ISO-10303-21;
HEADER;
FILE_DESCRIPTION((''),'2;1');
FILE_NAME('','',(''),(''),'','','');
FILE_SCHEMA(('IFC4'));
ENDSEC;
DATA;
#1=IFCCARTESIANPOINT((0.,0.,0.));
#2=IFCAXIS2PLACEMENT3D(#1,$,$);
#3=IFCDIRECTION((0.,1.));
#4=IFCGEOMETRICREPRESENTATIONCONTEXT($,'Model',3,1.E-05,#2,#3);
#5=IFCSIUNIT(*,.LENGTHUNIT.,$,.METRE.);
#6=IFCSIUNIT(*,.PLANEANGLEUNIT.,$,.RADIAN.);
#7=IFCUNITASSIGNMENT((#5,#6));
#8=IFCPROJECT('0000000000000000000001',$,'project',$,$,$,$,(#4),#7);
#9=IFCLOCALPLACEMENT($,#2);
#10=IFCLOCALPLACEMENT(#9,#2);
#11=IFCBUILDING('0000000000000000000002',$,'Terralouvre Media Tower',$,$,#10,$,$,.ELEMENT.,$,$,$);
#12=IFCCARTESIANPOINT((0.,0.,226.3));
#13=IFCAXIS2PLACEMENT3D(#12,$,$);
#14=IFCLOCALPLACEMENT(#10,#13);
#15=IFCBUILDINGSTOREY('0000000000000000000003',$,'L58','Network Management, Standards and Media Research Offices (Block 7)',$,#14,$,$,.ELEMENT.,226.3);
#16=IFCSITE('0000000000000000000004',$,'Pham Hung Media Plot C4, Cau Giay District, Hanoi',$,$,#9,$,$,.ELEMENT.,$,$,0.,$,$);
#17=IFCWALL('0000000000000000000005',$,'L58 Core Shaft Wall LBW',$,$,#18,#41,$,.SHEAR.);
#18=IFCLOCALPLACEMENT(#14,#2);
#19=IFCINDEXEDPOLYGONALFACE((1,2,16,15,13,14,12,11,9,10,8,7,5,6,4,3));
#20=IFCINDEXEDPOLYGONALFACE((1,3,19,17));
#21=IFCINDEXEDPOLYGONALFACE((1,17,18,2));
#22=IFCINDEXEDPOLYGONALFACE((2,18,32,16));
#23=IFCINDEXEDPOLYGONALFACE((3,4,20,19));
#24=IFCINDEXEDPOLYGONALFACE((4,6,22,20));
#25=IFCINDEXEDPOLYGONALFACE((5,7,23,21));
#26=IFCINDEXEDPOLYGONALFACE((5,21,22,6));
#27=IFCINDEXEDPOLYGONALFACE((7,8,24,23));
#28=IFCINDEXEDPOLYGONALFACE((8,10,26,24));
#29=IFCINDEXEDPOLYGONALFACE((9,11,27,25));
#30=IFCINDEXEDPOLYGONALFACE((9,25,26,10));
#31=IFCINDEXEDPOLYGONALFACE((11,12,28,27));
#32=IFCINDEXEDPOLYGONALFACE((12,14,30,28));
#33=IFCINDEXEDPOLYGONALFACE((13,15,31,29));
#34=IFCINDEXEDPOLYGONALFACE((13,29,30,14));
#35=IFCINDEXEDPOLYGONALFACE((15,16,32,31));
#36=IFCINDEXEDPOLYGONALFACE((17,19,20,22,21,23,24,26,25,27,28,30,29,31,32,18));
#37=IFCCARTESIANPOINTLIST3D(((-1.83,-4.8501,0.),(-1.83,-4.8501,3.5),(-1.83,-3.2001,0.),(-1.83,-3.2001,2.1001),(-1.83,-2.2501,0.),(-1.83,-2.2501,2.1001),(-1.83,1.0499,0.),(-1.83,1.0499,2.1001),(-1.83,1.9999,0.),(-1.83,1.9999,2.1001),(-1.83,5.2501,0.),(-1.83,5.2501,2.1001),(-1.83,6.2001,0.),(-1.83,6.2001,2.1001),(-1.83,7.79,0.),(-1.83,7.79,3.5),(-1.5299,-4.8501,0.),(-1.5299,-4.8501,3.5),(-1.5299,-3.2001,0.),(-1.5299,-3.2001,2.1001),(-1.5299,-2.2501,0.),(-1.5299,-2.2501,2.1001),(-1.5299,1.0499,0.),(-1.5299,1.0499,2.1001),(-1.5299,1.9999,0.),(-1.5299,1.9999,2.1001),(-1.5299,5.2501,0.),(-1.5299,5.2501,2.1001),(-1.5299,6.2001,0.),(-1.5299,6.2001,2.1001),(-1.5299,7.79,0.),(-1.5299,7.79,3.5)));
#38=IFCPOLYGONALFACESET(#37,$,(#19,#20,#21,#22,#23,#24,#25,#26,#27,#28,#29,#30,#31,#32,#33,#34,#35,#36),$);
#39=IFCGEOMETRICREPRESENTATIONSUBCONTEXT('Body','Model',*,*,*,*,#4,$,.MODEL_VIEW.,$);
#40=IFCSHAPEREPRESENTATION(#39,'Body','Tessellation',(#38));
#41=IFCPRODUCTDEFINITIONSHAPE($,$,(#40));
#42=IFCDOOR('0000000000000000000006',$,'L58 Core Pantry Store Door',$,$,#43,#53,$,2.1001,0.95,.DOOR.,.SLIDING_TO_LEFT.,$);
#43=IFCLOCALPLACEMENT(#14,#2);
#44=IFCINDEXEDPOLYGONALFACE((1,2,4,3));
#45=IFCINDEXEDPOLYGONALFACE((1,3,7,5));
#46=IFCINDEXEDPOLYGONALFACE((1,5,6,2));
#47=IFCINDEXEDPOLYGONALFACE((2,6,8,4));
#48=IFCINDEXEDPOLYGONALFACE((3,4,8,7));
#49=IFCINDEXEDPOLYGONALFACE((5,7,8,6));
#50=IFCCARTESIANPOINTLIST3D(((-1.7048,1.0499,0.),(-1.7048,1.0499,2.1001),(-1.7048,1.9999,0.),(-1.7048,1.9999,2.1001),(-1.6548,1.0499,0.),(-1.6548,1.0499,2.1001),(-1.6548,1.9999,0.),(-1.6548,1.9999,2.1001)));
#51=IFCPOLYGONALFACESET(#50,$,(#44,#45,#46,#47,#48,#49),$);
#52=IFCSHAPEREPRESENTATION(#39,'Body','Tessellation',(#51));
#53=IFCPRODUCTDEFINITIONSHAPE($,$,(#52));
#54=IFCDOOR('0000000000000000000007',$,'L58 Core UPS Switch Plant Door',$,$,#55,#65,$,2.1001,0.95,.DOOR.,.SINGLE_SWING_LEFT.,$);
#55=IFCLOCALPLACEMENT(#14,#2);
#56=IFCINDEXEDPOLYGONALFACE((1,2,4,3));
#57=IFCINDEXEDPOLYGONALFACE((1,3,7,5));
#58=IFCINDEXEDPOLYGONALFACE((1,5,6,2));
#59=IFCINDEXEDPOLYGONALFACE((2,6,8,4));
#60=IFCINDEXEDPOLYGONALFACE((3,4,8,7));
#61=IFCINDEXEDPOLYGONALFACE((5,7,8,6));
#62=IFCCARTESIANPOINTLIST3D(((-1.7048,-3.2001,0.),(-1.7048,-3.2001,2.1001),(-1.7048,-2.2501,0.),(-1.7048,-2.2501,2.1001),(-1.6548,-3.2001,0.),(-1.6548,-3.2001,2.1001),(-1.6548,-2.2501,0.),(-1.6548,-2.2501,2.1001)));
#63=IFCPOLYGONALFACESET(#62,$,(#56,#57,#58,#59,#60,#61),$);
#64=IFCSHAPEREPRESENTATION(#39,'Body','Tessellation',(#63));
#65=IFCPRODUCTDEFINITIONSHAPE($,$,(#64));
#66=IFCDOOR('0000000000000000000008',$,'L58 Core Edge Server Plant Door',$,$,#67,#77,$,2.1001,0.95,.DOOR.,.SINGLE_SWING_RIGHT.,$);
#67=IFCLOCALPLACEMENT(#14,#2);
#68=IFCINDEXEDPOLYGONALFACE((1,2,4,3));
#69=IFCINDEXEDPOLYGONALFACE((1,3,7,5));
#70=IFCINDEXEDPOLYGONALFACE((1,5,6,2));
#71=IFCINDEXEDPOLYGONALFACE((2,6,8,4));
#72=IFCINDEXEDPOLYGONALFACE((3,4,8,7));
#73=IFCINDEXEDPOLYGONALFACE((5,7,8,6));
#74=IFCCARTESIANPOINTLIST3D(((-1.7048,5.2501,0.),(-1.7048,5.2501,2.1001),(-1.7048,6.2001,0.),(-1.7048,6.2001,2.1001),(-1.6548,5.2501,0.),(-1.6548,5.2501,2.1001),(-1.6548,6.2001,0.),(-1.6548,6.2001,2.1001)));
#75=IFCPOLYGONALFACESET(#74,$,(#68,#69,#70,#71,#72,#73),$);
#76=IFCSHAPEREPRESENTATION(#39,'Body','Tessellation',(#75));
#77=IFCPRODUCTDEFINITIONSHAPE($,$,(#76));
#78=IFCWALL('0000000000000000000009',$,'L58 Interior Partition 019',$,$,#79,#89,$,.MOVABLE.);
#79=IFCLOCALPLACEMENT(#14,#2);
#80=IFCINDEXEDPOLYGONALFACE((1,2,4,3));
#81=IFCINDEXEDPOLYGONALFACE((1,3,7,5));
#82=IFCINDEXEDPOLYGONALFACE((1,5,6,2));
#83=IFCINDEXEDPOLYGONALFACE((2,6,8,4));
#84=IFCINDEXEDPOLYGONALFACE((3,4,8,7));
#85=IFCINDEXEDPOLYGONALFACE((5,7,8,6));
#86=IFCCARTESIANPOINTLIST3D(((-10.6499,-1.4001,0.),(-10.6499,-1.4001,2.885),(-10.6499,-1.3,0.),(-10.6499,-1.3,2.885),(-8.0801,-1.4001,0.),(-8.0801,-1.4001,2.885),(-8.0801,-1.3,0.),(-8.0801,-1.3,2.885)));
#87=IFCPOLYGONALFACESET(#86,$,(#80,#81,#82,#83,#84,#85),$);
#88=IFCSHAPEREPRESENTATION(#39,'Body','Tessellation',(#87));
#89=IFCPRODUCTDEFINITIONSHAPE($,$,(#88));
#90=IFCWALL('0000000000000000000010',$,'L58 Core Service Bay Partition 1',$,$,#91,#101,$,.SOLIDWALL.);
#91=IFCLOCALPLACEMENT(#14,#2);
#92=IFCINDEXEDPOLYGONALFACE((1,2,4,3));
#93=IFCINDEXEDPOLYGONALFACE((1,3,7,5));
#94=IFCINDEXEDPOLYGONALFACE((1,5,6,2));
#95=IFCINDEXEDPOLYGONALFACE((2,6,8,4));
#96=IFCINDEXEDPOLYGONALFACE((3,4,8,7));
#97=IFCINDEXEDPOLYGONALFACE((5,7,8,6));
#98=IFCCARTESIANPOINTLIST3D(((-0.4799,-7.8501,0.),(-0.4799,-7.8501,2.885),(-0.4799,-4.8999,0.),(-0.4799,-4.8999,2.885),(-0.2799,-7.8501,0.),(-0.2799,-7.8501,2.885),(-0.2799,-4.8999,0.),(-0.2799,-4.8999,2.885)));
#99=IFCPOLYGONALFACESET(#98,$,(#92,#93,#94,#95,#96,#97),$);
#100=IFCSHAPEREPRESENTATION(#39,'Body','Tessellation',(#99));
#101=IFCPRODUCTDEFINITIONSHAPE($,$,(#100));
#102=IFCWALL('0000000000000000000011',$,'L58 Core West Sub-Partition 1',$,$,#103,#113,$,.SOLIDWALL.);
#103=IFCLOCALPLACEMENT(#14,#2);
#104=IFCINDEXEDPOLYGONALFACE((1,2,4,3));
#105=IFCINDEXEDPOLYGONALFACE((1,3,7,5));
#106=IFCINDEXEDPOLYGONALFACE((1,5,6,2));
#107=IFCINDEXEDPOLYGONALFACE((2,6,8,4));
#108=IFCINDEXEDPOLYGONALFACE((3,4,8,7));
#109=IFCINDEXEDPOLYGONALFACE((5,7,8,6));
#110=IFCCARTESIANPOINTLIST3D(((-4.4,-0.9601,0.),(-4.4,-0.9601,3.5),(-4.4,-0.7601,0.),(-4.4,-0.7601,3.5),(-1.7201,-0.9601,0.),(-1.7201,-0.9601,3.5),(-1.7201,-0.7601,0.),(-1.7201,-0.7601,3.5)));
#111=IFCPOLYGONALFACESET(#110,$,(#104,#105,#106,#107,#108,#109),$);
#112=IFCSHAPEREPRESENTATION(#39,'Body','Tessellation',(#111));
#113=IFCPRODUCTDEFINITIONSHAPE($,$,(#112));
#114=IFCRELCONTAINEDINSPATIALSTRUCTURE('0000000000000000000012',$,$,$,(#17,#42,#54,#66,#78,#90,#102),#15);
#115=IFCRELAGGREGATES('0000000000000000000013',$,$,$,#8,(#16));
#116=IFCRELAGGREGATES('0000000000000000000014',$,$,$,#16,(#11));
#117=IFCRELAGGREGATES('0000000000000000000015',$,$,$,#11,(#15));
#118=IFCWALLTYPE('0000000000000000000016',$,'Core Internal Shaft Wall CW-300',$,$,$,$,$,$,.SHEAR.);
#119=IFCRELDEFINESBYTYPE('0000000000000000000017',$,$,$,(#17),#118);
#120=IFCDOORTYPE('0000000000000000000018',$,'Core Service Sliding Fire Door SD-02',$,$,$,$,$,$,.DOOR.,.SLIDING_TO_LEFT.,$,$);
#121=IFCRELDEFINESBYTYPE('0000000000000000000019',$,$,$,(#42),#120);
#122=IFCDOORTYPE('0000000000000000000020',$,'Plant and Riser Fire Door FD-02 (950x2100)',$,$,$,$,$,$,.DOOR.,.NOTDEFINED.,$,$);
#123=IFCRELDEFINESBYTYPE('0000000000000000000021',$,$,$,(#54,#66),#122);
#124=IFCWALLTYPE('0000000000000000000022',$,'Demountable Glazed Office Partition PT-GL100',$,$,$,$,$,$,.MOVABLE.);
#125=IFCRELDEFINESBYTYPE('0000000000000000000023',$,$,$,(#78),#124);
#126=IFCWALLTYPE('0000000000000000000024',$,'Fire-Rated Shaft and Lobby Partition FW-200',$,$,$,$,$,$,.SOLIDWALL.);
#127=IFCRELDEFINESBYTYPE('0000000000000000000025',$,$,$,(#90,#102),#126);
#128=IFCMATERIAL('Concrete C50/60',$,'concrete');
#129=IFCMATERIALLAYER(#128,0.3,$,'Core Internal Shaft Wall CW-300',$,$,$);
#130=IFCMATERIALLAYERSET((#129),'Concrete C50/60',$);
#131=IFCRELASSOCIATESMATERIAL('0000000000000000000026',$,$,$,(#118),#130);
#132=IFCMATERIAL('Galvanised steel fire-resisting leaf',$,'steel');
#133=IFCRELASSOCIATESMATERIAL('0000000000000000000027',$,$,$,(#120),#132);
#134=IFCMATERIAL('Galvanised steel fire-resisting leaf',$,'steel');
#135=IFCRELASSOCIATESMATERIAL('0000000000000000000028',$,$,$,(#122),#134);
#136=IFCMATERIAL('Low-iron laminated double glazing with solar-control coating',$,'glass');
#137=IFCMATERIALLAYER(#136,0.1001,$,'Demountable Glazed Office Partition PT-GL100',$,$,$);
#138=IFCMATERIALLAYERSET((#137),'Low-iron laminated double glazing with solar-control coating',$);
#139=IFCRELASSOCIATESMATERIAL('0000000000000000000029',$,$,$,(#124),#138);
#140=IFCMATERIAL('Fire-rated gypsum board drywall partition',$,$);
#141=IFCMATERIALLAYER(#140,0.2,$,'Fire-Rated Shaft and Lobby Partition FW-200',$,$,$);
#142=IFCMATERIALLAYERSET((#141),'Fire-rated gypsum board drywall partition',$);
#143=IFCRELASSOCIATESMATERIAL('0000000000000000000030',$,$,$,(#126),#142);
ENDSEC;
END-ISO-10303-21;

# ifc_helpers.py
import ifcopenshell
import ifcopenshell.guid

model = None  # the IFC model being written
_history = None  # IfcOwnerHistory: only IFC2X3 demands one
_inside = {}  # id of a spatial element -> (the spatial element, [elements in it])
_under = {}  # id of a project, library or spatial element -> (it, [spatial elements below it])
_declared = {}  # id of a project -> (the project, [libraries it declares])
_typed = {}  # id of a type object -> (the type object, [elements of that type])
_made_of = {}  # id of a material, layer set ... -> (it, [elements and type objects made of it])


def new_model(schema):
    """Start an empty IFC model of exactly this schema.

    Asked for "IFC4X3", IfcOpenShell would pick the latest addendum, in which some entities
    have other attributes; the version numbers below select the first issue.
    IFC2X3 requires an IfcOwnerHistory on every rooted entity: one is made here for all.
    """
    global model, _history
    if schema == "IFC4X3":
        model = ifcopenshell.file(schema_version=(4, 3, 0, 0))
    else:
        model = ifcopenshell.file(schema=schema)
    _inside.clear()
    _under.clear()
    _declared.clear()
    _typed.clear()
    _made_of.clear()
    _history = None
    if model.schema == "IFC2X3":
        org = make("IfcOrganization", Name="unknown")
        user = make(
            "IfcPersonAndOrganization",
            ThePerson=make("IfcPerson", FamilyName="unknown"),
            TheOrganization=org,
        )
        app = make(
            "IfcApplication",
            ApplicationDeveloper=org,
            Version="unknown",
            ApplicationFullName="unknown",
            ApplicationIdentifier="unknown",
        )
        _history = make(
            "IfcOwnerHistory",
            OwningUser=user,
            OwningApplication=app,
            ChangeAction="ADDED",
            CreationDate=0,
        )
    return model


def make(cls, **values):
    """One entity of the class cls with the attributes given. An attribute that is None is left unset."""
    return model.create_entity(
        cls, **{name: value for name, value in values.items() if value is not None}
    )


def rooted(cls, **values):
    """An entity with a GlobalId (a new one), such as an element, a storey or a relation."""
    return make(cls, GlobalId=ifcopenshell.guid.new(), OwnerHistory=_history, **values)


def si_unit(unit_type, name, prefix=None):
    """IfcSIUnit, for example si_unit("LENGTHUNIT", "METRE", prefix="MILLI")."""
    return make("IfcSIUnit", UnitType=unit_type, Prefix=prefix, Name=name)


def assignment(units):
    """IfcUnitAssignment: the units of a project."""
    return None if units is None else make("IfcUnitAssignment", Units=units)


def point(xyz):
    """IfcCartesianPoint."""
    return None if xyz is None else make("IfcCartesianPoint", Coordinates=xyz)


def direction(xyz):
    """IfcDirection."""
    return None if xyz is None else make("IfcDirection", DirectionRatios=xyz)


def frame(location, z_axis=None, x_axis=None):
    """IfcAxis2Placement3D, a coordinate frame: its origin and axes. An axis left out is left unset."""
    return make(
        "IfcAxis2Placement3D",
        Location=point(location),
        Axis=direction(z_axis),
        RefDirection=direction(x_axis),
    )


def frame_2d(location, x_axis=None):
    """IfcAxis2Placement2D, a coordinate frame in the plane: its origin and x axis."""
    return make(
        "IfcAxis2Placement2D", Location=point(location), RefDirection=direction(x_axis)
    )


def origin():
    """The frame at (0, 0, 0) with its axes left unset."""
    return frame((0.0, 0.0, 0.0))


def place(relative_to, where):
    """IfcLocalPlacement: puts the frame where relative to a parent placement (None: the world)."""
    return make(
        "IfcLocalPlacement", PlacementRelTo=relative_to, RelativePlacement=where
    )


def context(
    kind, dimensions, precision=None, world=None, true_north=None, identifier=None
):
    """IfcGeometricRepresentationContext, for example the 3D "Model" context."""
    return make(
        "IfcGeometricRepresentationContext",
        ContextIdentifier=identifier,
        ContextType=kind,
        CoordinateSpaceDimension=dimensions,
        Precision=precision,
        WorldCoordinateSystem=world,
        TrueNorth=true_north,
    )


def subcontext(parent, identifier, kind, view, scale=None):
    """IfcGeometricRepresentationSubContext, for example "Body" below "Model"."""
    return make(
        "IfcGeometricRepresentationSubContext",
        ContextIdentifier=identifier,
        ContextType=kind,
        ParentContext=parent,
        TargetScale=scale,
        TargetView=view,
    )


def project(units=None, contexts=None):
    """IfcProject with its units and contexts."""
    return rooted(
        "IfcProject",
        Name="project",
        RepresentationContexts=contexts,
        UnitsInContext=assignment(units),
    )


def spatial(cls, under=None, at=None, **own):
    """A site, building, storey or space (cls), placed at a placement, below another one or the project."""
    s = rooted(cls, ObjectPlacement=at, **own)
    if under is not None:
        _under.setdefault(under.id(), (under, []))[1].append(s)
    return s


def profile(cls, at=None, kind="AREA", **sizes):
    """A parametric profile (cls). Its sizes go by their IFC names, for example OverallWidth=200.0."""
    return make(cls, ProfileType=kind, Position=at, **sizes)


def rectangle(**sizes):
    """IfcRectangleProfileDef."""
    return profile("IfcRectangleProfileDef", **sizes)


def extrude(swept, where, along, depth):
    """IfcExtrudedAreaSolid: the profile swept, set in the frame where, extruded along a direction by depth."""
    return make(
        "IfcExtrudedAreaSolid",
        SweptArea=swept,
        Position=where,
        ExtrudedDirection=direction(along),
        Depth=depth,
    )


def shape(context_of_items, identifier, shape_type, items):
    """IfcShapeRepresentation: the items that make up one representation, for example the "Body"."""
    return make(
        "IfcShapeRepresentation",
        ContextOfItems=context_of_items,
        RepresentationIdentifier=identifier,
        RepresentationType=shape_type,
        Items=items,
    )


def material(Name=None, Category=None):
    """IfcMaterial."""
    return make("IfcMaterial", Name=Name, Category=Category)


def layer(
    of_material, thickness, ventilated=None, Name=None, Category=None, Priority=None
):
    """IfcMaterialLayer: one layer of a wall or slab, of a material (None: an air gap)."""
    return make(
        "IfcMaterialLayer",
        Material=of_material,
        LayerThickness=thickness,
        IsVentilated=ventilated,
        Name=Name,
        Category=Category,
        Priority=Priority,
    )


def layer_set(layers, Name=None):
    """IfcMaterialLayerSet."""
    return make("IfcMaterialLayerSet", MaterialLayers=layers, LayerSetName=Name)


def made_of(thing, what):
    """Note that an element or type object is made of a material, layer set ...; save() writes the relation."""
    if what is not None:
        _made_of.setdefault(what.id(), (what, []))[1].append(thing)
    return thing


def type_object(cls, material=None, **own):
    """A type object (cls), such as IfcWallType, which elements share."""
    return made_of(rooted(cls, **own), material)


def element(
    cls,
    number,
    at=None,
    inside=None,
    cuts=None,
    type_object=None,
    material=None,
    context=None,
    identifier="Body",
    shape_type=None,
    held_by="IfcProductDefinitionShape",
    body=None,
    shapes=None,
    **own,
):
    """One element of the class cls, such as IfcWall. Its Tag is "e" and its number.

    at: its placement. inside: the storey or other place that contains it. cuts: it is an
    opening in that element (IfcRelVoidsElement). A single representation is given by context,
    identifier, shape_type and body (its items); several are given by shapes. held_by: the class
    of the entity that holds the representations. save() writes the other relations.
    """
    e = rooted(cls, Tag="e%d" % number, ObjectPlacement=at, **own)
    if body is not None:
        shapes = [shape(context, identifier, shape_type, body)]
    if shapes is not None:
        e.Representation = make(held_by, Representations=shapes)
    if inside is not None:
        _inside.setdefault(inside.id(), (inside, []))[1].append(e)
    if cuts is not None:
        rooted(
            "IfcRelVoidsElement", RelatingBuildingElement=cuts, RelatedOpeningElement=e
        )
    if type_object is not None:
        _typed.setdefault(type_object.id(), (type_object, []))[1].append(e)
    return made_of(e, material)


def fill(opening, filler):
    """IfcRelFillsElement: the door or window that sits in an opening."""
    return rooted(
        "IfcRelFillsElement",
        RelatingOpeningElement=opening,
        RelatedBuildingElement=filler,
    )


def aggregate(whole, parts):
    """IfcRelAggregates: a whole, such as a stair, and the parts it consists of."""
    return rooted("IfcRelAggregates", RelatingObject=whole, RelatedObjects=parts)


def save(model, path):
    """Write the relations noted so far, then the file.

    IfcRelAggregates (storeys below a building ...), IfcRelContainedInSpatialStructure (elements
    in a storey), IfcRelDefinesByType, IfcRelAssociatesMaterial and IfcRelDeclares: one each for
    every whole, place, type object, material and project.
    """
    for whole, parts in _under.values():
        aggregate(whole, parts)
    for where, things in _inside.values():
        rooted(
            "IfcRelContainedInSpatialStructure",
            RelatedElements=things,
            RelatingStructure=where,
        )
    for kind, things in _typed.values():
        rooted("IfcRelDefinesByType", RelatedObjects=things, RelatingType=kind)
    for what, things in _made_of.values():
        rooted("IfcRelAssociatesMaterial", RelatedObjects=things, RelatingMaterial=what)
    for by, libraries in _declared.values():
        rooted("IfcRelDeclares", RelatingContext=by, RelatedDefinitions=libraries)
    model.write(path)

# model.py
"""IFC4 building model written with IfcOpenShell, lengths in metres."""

from ifc_helpers import new_model, si_unit, direction, frame, frame_2d, origin, place, context, subcontext, project, spatial, rectangle, extrude, material, layer, layer_set, type_object, element, fill, save


model = new_model("IFC4")

# Units and contexts
model_context = context("Model", 3, precision=1e-05, world=origin(), true_north=direction((0.0, 1.0)))
body_context = subcontext(model_context, "Body", "Model", "MODEL_VIEW")
ifc_project = project(units=[si_unit("LENGTHUNIT", "METRE"), si_unit("PLANEANGLEUNIT", "RADIAN")], contexts=[model_context])

# Site, building, storey
site_placement = place(None, origin())
site = spatial("IfcSite", under=ifc_project, at=site_placement, Name="Pham Hung Media Plot C4, Cau Giay District, Hanoi", CompositionType="ELEMENT", RefElevation=0.0)
building_placement = place(site_placement, origin())
building = spatial("IfcBuilding", under=site, at=building_placement, Name="Terralouvre Media Tower", CompositionType="ELEMENT")
storey_placement = place(building_placement, frame((0.0, 0.0, 226.3)))
storey = spatial("IfcBuildingStorey", under=building, at=storey_placement, Name="L58", Description="Network Management, Standards and Media Research Offices (Block 7)", CompositionType="ELEMENT", Elevation=226.3)

# Shared definitions
ifc_material_1 = material(Name="Concrete C50/60", Category="concrete")
ifc_layer_1 = layer(ifc_material_1, 0.3, Name="Core Internal Shaft Wall CW-300")
ifc_layer_set_1 = layer_set([ifc_layer_1], Name="Concrete C50/60")
wall_type_1 = type_object("IfcWallType", Name="Core Internal Shaft Wall CW-300", PredefinedType="SHEAR", material=ifc_layer_set_1)

# Wall, openings, doors
wall_1_placement = place(storey_placement, frame((-1.6799, -4.8501, 0.0), z_axis=(0.0, 0.0, 1.0), x_axis=(0.0, 1.0, 0.0)))
wall_1 = element("IfcWall", 1, at=wall_1_placement, inside=storey, type_object=wall_type_1, Name="L58 Core Shaft Wall LBW", PredefinedType="SHEAR", context=body_context, shape_type="SweptSolid", body=[
    extrude(rectangle(XDim=12.6401, YDim=0.3, at=frame_2d((6.3201, 0.0))), origin(), (0.0, 0.0, 1.0), 3.5),
])
opening_1_placement = place(wall_1_placement, frame((1.6499, 0.0, 0.0)))
opening_1 = element("IfcOpeningElement", 2, at=opening_1_placement, cuts=wall_1, PredefinedType="OPENING", context=body_context, shape_type="SweptSolid", body=[
    extrude(rectangle(XDim=0.95, YDim=2.1001, at=frame_2d((0.4751, 1.05))), frame((0.0, 0.1599, 0.0), z_axis=(0.0, -1.0, 0.0), x_axis=(1.0, 0.0, 0.0)), (0.0, 0.0, 1.0), 0.3201),
])
opening_2_placement = place(wall_1_placement, frame((5.8999, 0.0, 0.0)))
opening_2 = element("IfcOpeningElement", 3, at=opening_2_placement, cuts=wall_1, PredefinedType="OPENING", context=body_context, shape_type="SweptSolid", body=[
    extrude(rectangle(XDim=0.95, YDim=2.1001, at=frame_2d((0.4751, 1.05))), frame((0.0, 0.1599, 0.0), z_axis=(0.0, -1.0, 0.0), x_axis=(1.0, 0.0, 0.0)), (0.0, 0.0, 1.0), 0.3201),
])
opening_3_placement = place(wall_1_placement, frame((10.1001, 0.0, 0.0)))
opening_3 = element("IfcOpeningElement", 4, at=opening_3_placement, cuts=wall_1, PredefinedType="OPENING", context=body_context, shape_type="SweptSolid", body=[
    extrude(rectangle(XDim=0.95, YDim=2.1001, at=frame_2d((0.4751, 1.05))), frame((0.0, 0.1599, 0.0), z_axis=(0.0, -1.0, 0.0), x_axis=(1.0, 0.0, 0.0)), (0.0, 0.0, 1.0), 0.3201),
])
ifc_material_2 = material(Name="Galvanised steel fire-resisting leaf", Category="steel")
door_type_1 = type_object("IfcDoorType", Name="Core Service Sliding Fire Door SD-02", OperationType="SLIDING_TO_LEFT", PredefinedType="DOOR", material=ifc_material_2)
door_1_placement = place(opening_2_placement, origin())
door_1 = element("IfcDoor", 5, at=door_1_placement, inside=storey, type_object=door_type_1, Name="L58 Core Pantry Store Door", OperationType="SLIDING_TO_LEFT", OverallHeight=2.1001, OverallWidth=0.95, PredefinedType="DOOR", context=body_context, shape_type="SweptSolid", body=[
    extrude(rectangle(XDim=0.95, YDim=2.1001, at=frame_2d((0.4751, 1.05))), frame((0.0, 0.0249, 0.0), z_axis=(0.0, -1.0, 0.0), x_axis=(1.0, 0.0, 0.0)), (0.0, 0.0, 1.0), 0.05),
])
fill(opening_2, door_1)
ifc_material_3 = material(Name="Galvanised steel fire-resisting leaf", Category="steel")
door_type_2 = type_object("IfcDoorType", Name="Plant and Riser Fire Door FD-02 (950x2100)", OperationType="NOTDEFINED", PredefinedType="DOOR", material=ifc_material_3)
door_2_placement = place(opening_1_placement, origin())
door_2 = element("IfcDoor", 6, at=door_2_placement, inside=storey, type_object=door_type_2, Name="L58 Core UPS Switch Plant Door", OperationType="SINGLE_SWING_LEFT", OverallHeight=2.1001, OverallWidth=0.95, PredefinedType="DOOR", context=body_context, shape_type="SweptSolid", body=[
    extrude(rectangle(XDim=0.95, YDim=2.1001, at=frame_2d((0.4751, 1.05))), frame((0.0, 0.0249, 0.0), z_axis=(0.0, -1.0, 0.0), x_axis=(1.0, 0.0, 0.0)), (0.0, 0.0, 1.0), 0.05),
])
fill(opening_1, door_2)
door_3_placement = place(opening_3_placement, origin())
door_3 = element("IfcDoor", 7, at=door_3_placement, inside=storey, type_object=door_type_2, Name="L58 Core Edge Server Plant Door", OperationType="SINGLE_SWING_RIGHT", OverallHeight=2.1001, OverallWidth=0.95, PredefinedType="DOOR", context=body_context, shape_type="SweptSolid", body=[
    extrude(rectangle(XDim=0.95, YDim=2.1001, at=frame_2d((0.4751, 1.05))), frame((0.0, 0.0249, 0.0), z_axis=(0.0, -1.0, 0.0), x_axis=(1.0, 0.0, 0.0)), (0.0, 0.0, 1.0), 0.05),
])
fill(opening_3, door_3)

# Walls
ifc_material_4 = material(Name="Low-iron laminated double glazing with solar-control coating", Category="glass")
ifc_layer_2 = layer(ifc_material_4, 0.1001, Name="Demountable Glazed Office Partition PT-GL100")
ifc_layer_set_2 = layer_set([ifc_layer_2], Name="Low-iron laminated double glazing with solar-control coating")
wall_type_2 = type_object("IfcWallType", Name="Demountable Glazed Office Partition PT-GL100", PredefinedType="MOVABLE", material=ifc_layer_set_2)
wall_2_placement = place(storey_placement, frame((-8.0801, -1.3501, 0.0), z_axis=(0.0, 0.0, 1.0), x_axis=(-1.0, 0.0, 0.0)))
element("IfcWall", 8, at=wall_2_placement, inside=storey, type_object=wall_type_2, Name="L58 Interior Partition 019", PredefinedType="MOVABLE", context=body_context, shape_type="SweptSolid", body=[
    extrude(rectangle(XDim=2.5698, YDim=0.1001, at=frame_2d((1.2849, 0.0))), origin(), (0.0, 0.0, 1.0), 2.885),
])
ifc_material_5 = material(Name="Fire-rated gypsum board drywall partition")
ifc_layer_3 = layer(ifc_material_5, 0.2, Name="Fire-Rated Shaft and Lobby Partition FW-200")
ifc_layer_set_3 = layer_set([ifc_layer_3], Name="Fire-rated gypsum board drywall partition")
wall_type_3 = type_object("IfcWallType", Name="Fire-Rated Shaft and Lobby Partition FW-200", PredefinedType="SOLIDWALL", material=ifc_layer_set_3)
wall_3_placement = place(storey_placement, frame((-0.3799, -7.8501, 0.0), z_axis=(0.0, 0.0, 1.0), x_axis=(0.0, 1.0, 0.0)))
element("IfcWall", 9, at=wall_3_placement, inside=storey, type_object=wall_type_3, Name="L58 Core Service Bay Partition 1", PredefinedType="SOLIDWALL", context=body_context, shape_type="SweptSolid", body=[
    extrude(rectangle(XDim=2.9502, YDim=0.2, at=frame_2d((1.4751, 0.0))), origin(), (0.0, 0.0, 1.0), 2.885),
])
wall_4_placement = place(storey_placement, frame((-4.3999, -0.8601, 0.0), z_axis=(0.0, 0.0, 1.0), x_axis=(1.0, 0.0, 0.0)))
element("IfcWall", 10, at=wall_4_placement, inside=storey, type_object=wall_type_3, Name="L58 Core West Sub-Partition 1", PredefinedType="SOLIDWALL", context=body_context, shape_type="SweptSolid", body=[
    extrude(rectangle(XDim=2.6799, YDim=0.2, at=frame_2d((1.3398, 0.0))), origin(), (0.0, 0.0, 1.0), 3.5),
])

save(model, "model.ifc")
